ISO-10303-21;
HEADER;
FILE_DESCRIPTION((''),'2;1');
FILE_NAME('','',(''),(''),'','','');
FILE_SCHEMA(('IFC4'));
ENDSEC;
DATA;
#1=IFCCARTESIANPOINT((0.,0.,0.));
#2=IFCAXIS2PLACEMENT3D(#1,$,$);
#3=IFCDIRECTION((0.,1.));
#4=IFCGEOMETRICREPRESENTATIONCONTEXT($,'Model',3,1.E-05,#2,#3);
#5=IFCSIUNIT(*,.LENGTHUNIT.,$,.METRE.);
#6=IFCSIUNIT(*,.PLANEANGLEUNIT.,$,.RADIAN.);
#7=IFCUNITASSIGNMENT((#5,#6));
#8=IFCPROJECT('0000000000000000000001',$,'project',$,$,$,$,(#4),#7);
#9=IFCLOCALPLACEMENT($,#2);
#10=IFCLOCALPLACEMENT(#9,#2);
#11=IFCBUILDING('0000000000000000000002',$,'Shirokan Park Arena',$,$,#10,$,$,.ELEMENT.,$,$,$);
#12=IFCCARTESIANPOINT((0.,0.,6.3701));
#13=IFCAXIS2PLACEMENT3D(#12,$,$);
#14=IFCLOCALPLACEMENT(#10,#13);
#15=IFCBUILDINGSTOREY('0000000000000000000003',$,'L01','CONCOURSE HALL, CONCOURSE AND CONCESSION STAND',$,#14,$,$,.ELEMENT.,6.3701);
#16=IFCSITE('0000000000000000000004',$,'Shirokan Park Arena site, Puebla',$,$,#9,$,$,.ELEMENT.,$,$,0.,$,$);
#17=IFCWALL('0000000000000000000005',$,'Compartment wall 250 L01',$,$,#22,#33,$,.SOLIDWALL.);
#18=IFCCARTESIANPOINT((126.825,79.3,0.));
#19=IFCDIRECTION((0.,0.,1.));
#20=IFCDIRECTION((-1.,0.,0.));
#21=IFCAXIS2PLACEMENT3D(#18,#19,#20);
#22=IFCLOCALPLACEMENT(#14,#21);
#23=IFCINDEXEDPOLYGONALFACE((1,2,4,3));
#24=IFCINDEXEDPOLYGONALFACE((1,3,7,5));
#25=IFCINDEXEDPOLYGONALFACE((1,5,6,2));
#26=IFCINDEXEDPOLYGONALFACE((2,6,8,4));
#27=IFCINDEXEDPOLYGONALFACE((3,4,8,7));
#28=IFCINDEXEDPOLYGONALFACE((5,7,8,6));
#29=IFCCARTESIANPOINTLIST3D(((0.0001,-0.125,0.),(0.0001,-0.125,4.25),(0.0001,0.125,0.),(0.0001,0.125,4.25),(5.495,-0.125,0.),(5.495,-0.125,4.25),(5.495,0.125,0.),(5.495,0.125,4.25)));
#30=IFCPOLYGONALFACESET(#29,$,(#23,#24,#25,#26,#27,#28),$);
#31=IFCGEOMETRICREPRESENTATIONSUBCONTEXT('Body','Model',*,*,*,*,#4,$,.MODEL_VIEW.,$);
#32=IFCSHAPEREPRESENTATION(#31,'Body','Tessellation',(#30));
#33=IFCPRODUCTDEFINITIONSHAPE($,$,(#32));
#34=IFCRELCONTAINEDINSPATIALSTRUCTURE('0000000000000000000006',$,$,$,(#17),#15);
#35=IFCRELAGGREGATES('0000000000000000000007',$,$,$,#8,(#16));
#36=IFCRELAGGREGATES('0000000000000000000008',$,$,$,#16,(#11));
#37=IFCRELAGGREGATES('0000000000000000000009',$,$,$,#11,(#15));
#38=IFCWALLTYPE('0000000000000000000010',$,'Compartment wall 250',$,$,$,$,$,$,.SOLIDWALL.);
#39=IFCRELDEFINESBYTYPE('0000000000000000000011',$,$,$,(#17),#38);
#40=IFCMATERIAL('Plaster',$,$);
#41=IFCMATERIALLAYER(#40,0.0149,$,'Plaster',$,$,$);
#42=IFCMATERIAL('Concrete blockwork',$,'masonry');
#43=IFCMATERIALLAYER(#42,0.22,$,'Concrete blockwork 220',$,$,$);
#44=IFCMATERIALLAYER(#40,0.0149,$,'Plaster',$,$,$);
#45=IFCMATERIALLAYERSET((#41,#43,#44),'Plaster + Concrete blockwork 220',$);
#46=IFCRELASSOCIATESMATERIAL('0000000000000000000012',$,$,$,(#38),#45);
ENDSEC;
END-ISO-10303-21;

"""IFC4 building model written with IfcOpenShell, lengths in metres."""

from ifc_helpers import new_model, si_unit, direction, frame, frame_2d, origin, place, context, subcontext, project, spatial, rectangle, extrude, material, layer, layer_set, type_object, element, save


model = new_model("IFC4")

# Units and contexts
model_context = context("Model", 3, precision=1e-05, world=origin(), true_north=direction((0.0, 1.0)))
body_context = subcontext(model_context, "Body", "Model", "MODEL_VIEW")
ifc_project = project(units=[si_unit("LENGTHUNIT", "METRE"), si_unit("PLANEANGLEUNIT", "RADIAN")], contexts=[model_context])

# Site, building, storey
site_placement = place(None, origin())
site = spatial("IfcSite", under=ifc_project, at=site_placement, Name="Shirokan Park Arena site, Puebla", CompositionType="ELEMENT", RefElevation=0.0)
building_placement = place(site_placement, origin())
building = spatial("IfcBuilding", under=site, at=building_placement, Name="Shirokan Park Arena", CompositionType="ELEMENT")
storey_placement = place(building_placement, frame((0.0, 0.0, 6.3701)))
storey = spatial("IfcBuildingStorey", under=building, at=storey_placement, Name="L01", Description="CONCOURSE HALL, CONCOURSE AND CONCESSION STAND", CompositionType="ELEMENT", Elevation=6.3701)

# Wall
ifc_material_1 = material(Name="Plaster")
ifc_layer_1 = layer(ifc_material_1, 0.0149, Name="Plaster")
ifc_material_2 = material(Name="Concrete blockwork", Category="masonry")
ifc_layer_2 = layer(ifc_material_2, 0.22, Name="Concrete blockwork 220")
ifc_layer_3 = layer(ifc_material_1, 0.0149, Name="Plaster")
ifc_layer_set_1 = layer_set([ifc_layer_1, ifc_layer_2, ifc_layer_3], Name="Plaster + Concrete blockwork 220")
wall_type_1 = type_object("IfcWallType", Name="Compartment wall 250", PredefinedType="SOLIDWALL", material=ifc_layer_set_1)
wall_1_placement = place(storey_placement, frame((126.825, 79.3, 0.0), z_axis=(0.0, 0.0, 1.0), x_axis=(-1.0, 0.0, 0.0)))
element("IfcWall", 1, at=wall_1_placement, inside=storey, type_object=wall_type_1, Name="Compartment wall 250 L01", PredefinedType="SOLIDWALL", context=body_context, shape_type="SweptSolid", body=[
    extrude(rectangle(XDim=5.4949, YDim=0.25, at=frame_2d((2.7476, 0.0))), origin(), (0.0, 0.0, 1.0), 4.25),
])

save(model, "model.ifc")
